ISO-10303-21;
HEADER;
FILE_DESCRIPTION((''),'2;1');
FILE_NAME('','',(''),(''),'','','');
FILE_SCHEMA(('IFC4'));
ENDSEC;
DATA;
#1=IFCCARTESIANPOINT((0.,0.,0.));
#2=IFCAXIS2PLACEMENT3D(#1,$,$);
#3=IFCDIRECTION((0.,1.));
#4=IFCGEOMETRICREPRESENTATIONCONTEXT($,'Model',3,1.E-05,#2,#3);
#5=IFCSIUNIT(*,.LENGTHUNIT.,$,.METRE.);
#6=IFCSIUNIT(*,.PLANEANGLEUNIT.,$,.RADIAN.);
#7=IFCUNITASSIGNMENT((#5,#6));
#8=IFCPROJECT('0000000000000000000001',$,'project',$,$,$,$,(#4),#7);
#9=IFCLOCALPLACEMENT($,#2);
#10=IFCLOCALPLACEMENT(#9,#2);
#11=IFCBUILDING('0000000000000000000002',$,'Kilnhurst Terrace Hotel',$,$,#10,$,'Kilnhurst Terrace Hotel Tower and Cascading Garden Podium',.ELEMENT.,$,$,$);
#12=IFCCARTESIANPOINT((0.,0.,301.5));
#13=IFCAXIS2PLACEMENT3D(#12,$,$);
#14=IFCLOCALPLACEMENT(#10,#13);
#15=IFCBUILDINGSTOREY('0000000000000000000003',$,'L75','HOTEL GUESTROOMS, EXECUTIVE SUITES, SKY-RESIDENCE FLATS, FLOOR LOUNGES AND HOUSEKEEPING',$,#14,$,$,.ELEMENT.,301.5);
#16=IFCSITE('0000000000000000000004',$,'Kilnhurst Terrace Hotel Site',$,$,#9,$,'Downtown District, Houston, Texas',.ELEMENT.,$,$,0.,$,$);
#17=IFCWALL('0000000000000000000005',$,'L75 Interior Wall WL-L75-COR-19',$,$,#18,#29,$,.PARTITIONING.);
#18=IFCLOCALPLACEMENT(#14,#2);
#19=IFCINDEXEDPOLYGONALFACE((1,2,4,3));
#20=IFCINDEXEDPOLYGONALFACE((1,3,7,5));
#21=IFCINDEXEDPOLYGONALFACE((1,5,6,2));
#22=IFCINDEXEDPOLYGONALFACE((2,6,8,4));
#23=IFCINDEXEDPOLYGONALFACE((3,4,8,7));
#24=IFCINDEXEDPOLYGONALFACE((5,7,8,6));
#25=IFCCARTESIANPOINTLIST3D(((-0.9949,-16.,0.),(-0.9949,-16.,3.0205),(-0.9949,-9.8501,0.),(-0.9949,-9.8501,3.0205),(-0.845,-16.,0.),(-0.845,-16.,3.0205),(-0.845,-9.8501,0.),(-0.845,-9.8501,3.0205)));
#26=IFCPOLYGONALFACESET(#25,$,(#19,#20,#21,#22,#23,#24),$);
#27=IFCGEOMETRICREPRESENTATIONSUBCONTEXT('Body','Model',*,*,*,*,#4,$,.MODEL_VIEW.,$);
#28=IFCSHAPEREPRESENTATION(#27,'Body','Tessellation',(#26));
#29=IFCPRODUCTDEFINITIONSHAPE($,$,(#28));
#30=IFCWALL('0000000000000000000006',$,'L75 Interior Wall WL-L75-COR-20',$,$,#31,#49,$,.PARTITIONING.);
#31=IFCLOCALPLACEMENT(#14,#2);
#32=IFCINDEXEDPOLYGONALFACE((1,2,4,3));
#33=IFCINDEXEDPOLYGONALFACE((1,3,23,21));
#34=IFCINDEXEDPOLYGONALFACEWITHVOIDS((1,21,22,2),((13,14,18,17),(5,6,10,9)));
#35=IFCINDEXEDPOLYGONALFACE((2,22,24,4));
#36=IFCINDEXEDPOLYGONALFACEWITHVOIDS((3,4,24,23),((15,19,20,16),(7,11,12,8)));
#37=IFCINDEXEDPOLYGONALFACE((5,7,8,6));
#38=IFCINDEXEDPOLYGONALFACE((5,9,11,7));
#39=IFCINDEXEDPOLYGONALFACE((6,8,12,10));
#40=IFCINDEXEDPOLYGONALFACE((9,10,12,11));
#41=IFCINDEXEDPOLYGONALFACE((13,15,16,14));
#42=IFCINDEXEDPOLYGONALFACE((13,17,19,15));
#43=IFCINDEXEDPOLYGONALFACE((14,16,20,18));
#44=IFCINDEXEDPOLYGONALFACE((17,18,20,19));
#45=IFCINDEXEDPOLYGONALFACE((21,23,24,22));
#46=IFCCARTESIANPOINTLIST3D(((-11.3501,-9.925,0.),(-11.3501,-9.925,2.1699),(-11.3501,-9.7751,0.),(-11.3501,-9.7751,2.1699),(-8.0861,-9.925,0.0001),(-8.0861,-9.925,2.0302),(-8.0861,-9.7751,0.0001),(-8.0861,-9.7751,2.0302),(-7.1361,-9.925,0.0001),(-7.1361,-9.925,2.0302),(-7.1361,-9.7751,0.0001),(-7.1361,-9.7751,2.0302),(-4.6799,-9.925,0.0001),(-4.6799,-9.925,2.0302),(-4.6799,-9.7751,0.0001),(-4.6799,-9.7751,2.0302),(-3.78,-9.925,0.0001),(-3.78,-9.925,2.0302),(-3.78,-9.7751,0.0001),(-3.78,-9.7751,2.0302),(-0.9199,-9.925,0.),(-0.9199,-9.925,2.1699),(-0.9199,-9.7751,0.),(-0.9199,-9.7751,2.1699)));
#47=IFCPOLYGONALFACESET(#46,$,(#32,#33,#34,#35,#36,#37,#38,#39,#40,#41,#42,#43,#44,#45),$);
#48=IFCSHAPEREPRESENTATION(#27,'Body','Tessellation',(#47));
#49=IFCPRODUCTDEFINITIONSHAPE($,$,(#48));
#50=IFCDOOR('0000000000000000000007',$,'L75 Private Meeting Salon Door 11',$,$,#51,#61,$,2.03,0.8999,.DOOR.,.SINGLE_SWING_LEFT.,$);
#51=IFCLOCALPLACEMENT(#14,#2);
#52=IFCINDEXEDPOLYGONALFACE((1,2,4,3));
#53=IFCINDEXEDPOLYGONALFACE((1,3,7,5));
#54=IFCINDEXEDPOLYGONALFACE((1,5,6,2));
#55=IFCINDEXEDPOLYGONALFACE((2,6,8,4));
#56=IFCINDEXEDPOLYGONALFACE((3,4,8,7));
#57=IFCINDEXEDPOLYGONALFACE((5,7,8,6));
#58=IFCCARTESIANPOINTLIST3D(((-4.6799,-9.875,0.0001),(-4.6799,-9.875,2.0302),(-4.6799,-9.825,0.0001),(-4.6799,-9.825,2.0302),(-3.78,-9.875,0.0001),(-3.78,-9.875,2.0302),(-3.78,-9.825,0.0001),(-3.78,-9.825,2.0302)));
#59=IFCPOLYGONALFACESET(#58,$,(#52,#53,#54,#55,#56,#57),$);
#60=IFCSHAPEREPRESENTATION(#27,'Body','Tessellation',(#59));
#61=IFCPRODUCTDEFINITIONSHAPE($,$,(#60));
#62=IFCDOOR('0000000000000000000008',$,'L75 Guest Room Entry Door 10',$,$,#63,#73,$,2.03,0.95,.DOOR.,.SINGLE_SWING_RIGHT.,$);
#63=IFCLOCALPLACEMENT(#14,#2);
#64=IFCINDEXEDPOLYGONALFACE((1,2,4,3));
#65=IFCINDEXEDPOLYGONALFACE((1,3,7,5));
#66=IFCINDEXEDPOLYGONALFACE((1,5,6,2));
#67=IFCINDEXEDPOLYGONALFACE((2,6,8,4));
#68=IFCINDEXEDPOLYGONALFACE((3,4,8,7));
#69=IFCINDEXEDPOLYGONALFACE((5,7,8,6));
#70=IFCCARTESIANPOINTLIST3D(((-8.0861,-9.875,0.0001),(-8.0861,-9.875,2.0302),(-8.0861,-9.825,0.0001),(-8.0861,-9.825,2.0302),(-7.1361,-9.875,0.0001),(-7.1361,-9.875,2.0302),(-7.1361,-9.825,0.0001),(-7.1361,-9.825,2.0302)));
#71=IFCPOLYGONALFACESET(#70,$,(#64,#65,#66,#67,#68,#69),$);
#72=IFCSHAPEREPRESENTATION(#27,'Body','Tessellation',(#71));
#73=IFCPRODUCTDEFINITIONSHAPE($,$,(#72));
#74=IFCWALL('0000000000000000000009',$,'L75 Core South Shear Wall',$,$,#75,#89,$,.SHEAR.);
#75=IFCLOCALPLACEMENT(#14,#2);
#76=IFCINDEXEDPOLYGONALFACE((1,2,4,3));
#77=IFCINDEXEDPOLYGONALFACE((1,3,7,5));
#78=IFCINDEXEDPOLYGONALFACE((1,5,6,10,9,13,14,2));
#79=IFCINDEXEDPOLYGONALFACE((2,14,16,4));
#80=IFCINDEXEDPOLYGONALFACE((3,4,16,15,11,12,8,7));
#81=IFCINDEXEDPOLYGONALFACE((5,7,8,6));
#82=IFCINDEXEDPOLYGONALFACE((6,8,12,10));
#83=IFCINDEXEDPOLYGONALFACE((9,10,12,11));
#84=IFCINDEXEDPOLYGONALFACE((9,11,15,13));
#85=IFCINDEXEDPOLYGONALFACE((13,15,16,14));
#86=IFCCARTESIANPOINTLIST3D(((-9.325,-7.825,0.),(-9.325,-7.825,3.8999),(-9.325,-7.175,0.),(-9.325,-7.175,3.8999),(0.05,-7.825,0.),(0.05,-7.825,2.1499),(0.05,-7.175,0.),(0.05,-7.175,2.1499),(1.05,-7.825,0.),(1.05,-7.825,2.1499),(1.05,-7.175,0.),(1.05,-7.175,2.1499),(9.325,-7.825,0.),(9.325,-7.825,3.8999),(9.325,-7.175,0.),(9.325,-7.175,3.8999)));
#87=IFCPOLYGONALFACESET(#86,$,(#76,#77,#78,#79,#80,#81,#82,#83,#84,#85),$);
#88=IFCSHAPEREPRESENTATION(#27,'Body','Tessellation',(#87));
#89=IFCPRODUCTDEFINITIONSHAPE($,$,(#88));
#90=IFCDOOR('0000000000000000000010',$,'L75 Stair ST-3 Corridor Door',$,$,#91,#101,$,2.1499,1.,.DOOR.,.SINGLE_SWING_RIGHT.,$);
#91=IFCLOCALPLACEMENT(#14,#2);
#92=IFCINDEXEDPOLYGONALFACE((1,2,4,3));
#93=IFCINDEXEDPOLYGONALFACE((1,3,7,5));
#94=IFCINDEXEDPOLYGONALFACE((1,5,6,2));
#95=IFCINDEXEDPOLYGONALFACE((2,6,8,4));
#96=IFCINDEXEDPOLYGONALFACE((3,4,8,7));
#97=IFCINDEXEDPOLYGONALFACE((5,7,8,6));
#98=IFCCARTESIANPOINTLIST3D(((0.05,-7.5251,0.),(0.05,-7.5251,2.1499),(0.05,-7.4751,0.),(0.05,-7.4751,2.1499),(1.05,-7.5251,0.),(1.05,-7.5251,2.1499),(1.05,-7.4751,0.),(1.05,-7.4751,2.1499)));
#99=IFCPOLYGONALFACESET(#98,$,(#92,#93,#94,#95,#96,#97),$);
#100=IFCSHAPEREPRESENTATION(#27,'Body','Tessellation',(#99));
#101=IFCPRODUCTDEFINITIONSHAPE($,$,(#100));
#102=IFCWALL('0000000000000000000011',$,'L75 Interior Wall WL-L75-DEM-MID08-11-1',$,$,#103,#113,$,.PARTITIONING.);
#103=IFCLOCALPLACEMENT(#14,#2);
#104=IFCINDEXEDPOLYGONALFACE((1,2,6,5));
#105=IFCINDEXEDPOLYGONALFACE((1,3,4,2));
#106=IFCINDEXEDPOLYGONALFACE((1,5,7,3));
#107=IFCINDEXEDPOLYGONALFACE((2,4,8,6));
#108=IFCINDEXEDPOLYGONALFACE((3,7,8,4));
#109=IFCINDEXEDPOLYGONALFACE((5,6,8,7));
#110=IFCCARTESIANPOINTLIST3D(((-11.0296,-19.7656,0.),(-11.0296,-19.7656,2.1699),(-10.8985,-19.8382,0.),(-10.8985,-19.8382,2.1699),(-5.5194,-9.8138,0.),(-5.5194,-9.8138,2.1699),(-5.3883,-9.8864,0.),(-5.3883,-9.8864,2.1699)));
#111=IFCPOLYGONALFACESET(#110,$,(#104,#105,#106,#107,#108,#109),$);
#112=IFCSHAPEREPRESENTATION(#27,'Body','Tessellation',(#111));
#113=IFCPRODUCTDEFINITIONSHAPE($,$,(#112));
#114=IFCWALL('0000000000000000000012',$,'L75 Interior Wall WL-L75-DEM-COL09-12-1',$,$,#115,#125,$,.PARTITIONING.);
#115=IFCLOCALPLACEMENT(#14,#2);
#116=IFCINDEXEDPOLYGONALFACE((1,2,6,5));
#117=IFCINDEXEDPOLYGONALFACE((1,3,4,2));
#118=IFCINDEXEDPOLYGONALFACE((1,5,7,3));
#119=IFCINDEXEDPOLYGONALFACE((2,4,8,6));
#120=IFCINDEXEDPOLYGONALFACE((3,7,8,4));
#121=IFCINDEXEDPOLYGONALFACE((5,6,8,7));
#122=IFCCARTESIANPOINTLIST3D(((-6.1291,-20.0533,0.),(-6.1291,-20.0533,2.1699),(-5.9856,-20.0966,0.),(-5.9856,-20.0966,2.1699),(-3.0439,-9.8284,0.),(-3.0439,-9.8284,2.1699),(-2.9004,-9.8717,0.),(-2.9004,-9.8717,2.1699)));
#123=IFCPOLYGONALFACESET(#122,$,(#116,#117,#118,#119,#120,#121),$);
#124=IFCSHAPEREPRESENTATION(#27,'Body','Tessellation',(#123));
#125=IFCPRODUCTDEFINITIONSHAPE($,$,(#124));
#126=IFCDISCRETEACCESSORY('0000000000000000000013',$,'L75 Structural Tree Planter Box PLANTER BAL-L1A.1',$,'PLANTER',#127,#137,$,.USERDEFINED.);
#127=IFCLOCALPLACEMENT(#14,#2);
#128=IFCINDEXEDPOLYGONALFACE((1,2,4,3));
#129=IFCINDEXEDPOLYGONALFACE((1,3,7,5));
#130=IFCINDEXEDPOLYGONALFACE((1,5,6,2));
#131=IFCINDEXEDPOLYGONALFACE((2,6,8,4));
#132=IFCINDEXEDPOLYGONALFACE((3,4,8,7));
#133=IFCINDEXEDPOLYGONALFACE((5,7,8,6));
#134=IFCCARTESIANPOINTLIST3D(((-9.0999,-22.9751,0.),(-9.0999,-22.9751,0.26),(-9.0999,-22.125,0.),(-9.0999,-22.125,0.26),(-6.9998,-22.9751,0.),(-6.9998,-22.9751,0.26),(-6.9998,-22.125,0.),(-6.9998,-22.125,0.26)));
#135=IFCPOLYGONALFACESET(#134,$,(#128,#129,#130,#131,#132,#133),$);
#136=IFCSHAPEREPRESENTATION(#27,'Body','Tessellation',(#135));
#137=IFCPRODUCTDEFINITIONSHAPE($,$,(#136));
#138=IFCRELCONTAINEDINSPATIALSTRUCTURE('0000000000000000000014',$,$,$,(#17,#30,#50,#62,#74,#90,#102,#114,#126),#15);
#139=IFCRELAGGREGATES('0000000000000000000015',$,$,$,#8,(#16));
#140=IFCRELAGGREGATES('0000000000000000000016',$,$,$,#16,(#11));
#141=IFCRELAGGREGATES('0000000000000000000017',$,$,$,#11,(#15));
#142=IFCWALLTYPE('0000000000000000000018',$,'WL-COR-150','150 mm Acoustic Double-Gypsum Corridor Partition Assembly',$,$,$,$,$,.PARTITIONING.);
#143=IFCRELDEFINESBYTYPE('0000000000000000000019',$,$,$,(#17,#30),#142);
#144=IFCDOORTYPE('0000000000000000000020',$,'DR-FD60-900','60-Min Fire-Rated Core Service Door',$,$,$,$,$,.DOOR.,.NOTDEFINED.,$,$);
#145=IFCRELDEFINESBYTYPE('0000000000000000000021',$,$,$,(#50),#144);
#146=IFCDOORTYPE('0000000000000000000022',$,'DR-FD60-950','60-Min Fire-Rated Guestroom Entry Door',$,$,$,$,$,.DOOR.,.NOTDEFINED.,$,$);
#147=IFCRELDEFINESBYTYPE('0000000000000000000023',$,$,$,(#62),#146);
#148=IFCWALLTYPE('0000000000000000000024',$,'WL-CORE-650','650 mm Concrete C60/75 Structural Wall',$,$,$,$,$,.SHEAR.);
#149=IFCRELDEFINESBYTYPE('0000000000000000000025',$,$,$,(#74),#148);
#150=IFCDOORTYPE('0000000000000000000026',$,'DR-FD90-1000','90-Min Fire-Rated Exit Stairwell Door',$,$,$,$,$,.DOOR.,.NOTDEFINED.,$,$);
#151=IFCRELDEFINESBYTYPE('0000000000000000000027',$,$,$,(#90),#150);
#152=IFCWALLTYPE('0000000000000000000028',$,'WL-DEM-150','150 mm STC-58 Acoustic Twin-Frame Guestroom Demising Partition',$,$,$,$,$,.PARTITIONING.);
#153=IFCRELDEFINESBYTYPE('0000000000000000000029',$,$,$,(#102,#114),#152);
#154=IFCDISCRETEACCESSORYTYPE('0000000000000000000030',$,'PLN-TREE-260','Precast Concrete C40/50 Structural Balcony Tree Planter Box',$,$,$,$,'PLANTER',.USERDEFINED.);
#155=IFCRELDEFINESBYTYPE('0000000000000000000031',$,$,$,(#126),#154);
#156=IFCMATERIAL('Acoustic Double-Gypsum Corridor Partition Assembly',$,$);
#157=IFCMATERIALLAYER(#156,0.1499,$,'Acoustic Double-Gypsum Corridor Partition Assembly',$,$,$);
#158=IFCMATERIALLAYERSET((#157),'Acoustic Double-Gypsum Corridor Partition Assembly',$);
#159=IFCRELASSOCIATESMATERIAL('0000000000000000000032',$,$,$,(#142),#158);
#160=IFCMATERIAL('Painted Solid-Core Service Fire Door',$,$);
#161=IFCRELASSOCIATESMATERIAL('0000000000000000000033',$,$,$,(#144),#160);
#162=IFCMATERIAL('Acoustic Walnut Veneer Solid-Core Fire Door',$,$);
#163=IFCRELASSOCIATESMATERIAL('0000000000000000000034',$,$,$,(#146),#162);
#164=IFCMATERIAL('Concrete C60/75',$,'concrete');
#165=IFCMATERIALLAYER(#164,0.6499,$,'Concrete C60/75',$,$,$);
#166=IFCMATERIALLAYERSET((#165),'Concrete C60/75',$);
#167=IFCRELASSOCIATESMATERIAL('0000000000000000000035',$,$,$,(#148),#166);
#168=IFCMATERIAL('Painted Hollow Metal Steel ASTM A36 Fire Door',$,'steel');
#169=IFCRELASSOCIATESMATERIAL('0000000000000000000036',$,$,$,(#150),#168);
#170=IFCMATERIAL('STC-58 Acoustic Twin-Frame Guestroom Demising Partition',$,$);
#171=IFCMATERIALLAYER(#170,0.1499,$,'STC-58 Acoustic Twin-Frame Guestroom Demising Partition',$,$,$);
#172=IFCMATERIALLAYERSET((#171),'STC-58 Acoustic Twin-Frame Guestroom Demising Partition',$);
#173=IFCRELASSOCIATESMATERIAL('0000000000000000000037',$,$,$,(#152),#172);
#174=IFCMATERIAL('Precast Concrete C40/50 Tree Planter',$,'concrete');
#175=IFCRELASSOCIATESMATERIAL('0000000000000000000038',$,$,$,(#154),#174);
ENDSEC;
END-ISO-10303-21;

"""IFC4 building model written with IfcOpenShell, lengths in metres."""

from ifc_helpers import new_model, si_unit, direction, frame, frame_2d, origin, origin_2d, place, context, subcontext, project, spatial, rectangle, extrude, material, layer, layer_set, type_object, element, fill, save


model = new_model("IFC4")

# Units and contexts
model_context = context("Model", 3, precision=1e-05, world=origin(), true_north=direction((0.0, 1.0)))
body_context = subcontext(model_context, "Body", "Model", "MODEL_VIEW")
ifc_project = project(units=[si_unit("LENGTHUNIT", "METRE"), si_unit("PLANEANGLEUNIT", "RADIAN")], contexts=[model_context])

# Site, building, storey
site_placement = place(None, origin())
site = spatial("IfcSite", under=ifc_project, at=site_placement, Name="Kilnhurst Terrace Hotel Site", LongName="Downtown District, Houston, Texas", CompositionType="ELEMENT", RefElevation=0.0)
building_placement = place(site_placement, origin())
building = spatial("IfcBuilding", under=site, at=building_placement, Name="Kilnhurst Terrace Hotel", LongName="Kilnhurst Terrace Hotel Tower and Cascading Garden Podium", CompositionType="ELEMENT")
storey_placement = place(building_placement, frame((0.0, 0.0, 301.5)))
storey = spatial("IfcBuildingStorey", under=building, at=storey_placement, Name="L75", Description="HOTEL GUESTROOMS, EXECUTIVE SUITES, SKY-RESIDENCE FLATS, FLOOR LOUNGES AND HOUSEKEEPING", CompositionType="ELEMENT", Elevation=301.5)

# Shared definitions
ifc_material_1 = material(Name="Concrete C60/75", Category="concrete")

# Wall
ifc_material_2 = material(Name="Acoustic Double-Gypsum Corridor Partition Assembly")
ifc_layer_1 = layer(ifc_material_2, 0.1499, Name="Acoustic Double-Gypsum Corridor Partition Assembly")
ifc_layer_set_1 = layer_set([ifc_layer_1], Name="Acoustic Double-Gypsum Corridor Partition Assembly")
wall_type_1 = type_object("IfcWallType", Name="WL-COR-150", Description="150 mm Acoustic Double-Gypsum Corridor Partition Assembly", PredefinedType="PARTITIONING", material=ifc_layer_set_1)
wall_1_placement = place(storey_placement, frame((-0.9199, -16.0, 0.0), z_axis=(0.0, 0.0, 1.0), x_axis=(0.0, 1.0, 0.0)))
element("IfcWall", 1, at=wall_1_placement, inside=storey, type_object=wall_type_1, Name="L75 Interior Wall WL-L75-COR-19", PredefinedType="PARTITIONING", context=body_context, shape_type="SweptSolid", body=[
    extrude(rectangle(XDim=6.1499, YDim=0.1499, at=frame_2d((3.075, 0.0))), origin(), (0.0, 0.0, 1.0), 3.0205),
])

# Wall, openings, doors
wall_2_placement = place(storey_placement, frame((-0.9199, -9.8501, 0.0), z_axis=(0.0, 0.0, 1.0), x_axis=(-1.0, 0.0, 0.0)))
wall_2 = element("IfcWall", 2, at=wall_2_placement, inside=storey, type_object=wall_type_1, Name="L75 Interior Wall WL-L75-COR-20", PredefinedType="PARTITIONING", context=body_context, shape_type="SweptSolid", body=[
    extrude(rectangle(XDim=10.4302, YDim=0.1499, at=frame_2d((5.2151, 0.0))), origin(), (0.0, 0.0, 1.0), 2.1699),
])
opening_1_placement = place(wall_2_placement, frame((6.2161, 0.0, 0.0)))
opening_1 = element("IfcOpeningElement", 3, at=opening_1_placement, cuts=wall_2, PredefinedType="OPENING", context=body_context, shape_type="SweptSolid", body=[
    extrude(rectangle(XDim=0.95, YDim=2.03, at=frame_2d((0.4751, 1.0151))), frame((0.0, 0.085, 0.0), z_axis=(0.0, -1.0, 0.0), x_axis=(1.0, 0.0, 0.0)), (0.0, 0.0, 1.0), 0.1699),
])
opening_2_placement = place(wall_2_placement, frame((2.8601, 0.0, 0.0)))
opening_2 = element("IfcOpeningElement", 4, at=opening_2_placement, cuts=wall_2, PredefinedType="OPENING", context=body_context, shape_type="SweptSolid", body=[
    extrude(rectangle(XDim=0.8999, YDim=2.03, at=frame_2d((0.45, 1.0151))), frame((0.0, 0.085, 0.0), z_axis=(0.0, -1.0, 0.0), x_axis=(1.0, 0.0, 0.0)), (0.0, 0.0, 1.0), 0.1699),
])
ifc_material_3 = material(Name="Painted Solid-Core Service Fire Door")
door_type_1 = type_object("IfcDoorType", Name="DR-FD60-900", Description="60-Min Fire-Rated Core Service Door", OperationType="NOTDEFINED", PredefinedType="DOOR", material=ifc_material_3)
door_1_placement = place(opening_2_placement, origin())
door_1 = element("IfcDoor", 5, at=door_1_placement, inside=storey, type_object=door_type_1, Name="L75 Private Meeting Salon Door 11", OperationType="SINGLE_SWING_LEFT", OverallHeight=2.03, OverallWidth=0.8999, PredefinedType="DOOR", context=body_context, shape_type="SweptSolid", body=[
    extrude(rectangle(XDim=0.8999, YDim=2.03, at=frame_2d((0.45, 1.0151))), frame((0.0, 0.0249, 0.0), z_axis=(0.0, -1.0, 0.0), x_axis=(1.0, 0.0, 0.0)), (0.0, 0.0, 1.0), 0.05),
])
fill(opening_2, door_1)
ifc_material_4 = material(Name="Acoustic Walnut Veneer Solid-Core Fire Door")
door_type_2 = type_object("IfcDoorType", Name="DR-FD60-950", Description="60-Min Fire-Rated Guestroom Entry Door", OperationType="NOTDEFINED", PredefinedType="DOOR", material=ifc_material_4)
door_2_placement = place(opening_1_placement, origin())
door_2 = element("IfcDoor", 6, at=door_2_placement, inside=storey, type_object=door_type_2, Name="L75 Guest Room Entry Door 10", OperationType="SINGLE_SWING_RIGHT", OverallHeight=2.03, OverallWidth=0.95, PredefinedType="DOOR", context=body_context, shape_type="SweptSolid", body=[
    extrude(rectangle(XDim=0.95, YDim=2.03, at=frame_2d((0.4751, 1.0151))), frame((0.0, 0.0249, 0.0), z_axis=(0.0, -1.0, 0.0), x_axis=(1.0, 0.0, 0.0)), (0.0, 0.0, 1.0), 0.05),
])
fill(opening_1, door_2)

# Wall, opening, door
ifc_layer_2 = layer(ifc_material_1, 0.6499, Name="Concrete C60/75")
ifc_layer_set_2 = layer_set([ifc_layer_2], Name="Concrete C60/75")
wall_type_2 = type_object("IfcWallType", Name="WL-CORE-650", Description="650 mm Concrete C60/75 Structural Wall", PredefinedType="SHEAR", material=ifc_layer_set_2)
wall_3_placement = place(storey_placement, frame((-9.325, -7.5, 0.0), z_axis=(0.0, 0.0, 1.0), x_axis=(1.0, 0.0, 0.0)))
wall_3 = element("IfcWall", 7, at=wall_3_placement, inside=storey, type_object=wall_type_2, Name="L75 Core South Shear Wall", PredefinedType="SHEAR", context=body_context, shape_type="SweptSolid", body=[
    extrude(rectangle(XDim=18.6499, YDim=0.6499, at=frame_2d((9.325, 0.0))), origin(), (0.0, 0.0, 1.0), 3.8999),
])
opening_3_placement = place(wall_3_placement, frame((9.375, 0.0, 0.0)))
opening_3 = element("IfcOpeningElement", 8, at=opening_3_placement, cuts=wall_3, PredefinedType="OPENING", context=body_context, shape_type="SweptSolid", body=[
    extrude(rectangle(XDim=1.0, YDim=2.1499, at=frame_2d((0.5, 1.075))), frame((0.0, 0.335, 0.0), z_axis=(0.0, -1.0, 0.0), x_axis=(1.0, 0.0, 0.0)), (0.0, 0.0, 1.0), 0.6699),
])
ifc_material_5 = material(Name="Painted Hollow Metal Steel ASTM A36 Fire Door", Category="steel")
door_type_3 = type_object("IfcDoorType", Name="DR-FD90-1000", Description="90-Min Fire-Rated Exit Stairwell Door", OperationType="NOTDEFINED", PredefinedType="DOOR", material=ifc_material_5)
door_3_placement = place(opening_3_placement, origin())
door_3 = element("IfcDoor", 9, at=door_3_placement, inside=storey, type_object=door_type_3, Name="L75 Stair ST-3 Corridor Door", OperationType="SINGLE_SWING_RIGHT", OverallHeight=2.1499, OverallWidth=1.0, PredefinedType="DOOR", context=body_context, shape_type="SweptSolid", body=[
    extrude(rectangle(XDim=1.0, YDim=2.1499, at=frame_2d((0.5, 1.075))), frame((0.0, 0.0249, 0.0), z_axis=(0.0, -1.0, 0.0), x_axis=(1.0, 0.0, 0.0)), (0.0, 0.0, 1.0), 0.05),
])
fill(opening_3, door_3)

# Walls
ifc_material_6 = material(Name="STC-58 Acoustic Twin-Frame Guestroom Demising Partition")
ifc_layer_3 = layer(ifc_material_6, 0.1499, Name="STC-58 Acoustic Twin-Frame Guestroom Demising Partition")
ifc_layer_set_3 = layer_set([ifc_layer_3], Name="STC-58 Acoustic Twin-Frame Guestroom Demising Partition")
wall_type_3 = type_object("IfcWallType", Name="WL-DEM-150", Description="150 mm STC-58 Acoustic Twin-Frame Guestroom Demising Partition", PredefinedType="PARTITIONING", material=ifc_layer_set_3)
wall_4_placement = place(storey_placement, frame((-5.4539, -9.8501, 0.0), z_axis=(0.0, 0.0, 1.0), x_axis=(-0.484394, -0.87485, 0.0)))
element("IfcWall", 10, at=wall_4_placement, inside=storey, type_object=wall_type_3, Name="L75 Interior Wall WL-L75-DEM-MID08-11-1", PredefinedType="PARTITIONING", context=body_context, shape_type="SweptSolid", body=[
    extrude(rectangle(XDim=11.3755, YDim=0.1499, at=frame_2d((5.6877, 0.0))), origin(), (0.0, 0.0, 1.0), 2.1699),
])
wall_5_placement = place(storey_placement, frame((-2.9722, -9.8501, 0.0), z_axis=(0.0, 0.0, 1.0), x_axis=(-0.288872, -0.957368, 0.0)))
element("IfcWall", 11, at=wall_5_placement, inside=storey, type_object=wall_type_3, Name="L75 Interior Wall WL-L75-DEM-COL09-12-1", PredefinedType="PARTITIONING", context=body_context, shape_type="SweptSolid", body=[
    extrude(rectangle(XDim=10.6802, YDim=0.1499, at=frame_2d((5.3401, 0.0))), origin(), (0.0, 0.0, 1.0), 2.1699),
])

# Discrete accessory
ifc_material_7 = material(Name="Precast Concrete C40/50 Tree Planter", Category="concrete")
discrete_accessory_type = type_object("IfcDiscreteAccessoryType", Name="PLN-TREE-260", Description="Precast Concrete C40/50 Structural Balcony Tree Planter Box", ElementType="PLANTER", PredefinedType="USERDEFINED", material=ifc_material_7)
discrete_accessory_placement = place(storey_placement, frame((-8.0498, -22.55, 0.0), z_axis=(0.0, 0.0, 1.0), x_axis=(1.0, 0.0, 0.0)))
element("IfcDiscreteAccessory", 12, at=discrete_accessory_placement, inside=storey, type_object=discrete_accessory_type, Name="L75 Structural Tree Planter Box PLANTER BAL-L1A.1", ObjectType="PLANTER", PredefinedType="USERDEFINED", context=body_context, shape_type="SweptSolid", body=[
    extrude(rectangle(XDim=2.1001, YDim=0.8501, at=origin_2d()), origin(), (0.0, 0.0, 1.0), 0.26),
])

save(model, "model.ifc")
